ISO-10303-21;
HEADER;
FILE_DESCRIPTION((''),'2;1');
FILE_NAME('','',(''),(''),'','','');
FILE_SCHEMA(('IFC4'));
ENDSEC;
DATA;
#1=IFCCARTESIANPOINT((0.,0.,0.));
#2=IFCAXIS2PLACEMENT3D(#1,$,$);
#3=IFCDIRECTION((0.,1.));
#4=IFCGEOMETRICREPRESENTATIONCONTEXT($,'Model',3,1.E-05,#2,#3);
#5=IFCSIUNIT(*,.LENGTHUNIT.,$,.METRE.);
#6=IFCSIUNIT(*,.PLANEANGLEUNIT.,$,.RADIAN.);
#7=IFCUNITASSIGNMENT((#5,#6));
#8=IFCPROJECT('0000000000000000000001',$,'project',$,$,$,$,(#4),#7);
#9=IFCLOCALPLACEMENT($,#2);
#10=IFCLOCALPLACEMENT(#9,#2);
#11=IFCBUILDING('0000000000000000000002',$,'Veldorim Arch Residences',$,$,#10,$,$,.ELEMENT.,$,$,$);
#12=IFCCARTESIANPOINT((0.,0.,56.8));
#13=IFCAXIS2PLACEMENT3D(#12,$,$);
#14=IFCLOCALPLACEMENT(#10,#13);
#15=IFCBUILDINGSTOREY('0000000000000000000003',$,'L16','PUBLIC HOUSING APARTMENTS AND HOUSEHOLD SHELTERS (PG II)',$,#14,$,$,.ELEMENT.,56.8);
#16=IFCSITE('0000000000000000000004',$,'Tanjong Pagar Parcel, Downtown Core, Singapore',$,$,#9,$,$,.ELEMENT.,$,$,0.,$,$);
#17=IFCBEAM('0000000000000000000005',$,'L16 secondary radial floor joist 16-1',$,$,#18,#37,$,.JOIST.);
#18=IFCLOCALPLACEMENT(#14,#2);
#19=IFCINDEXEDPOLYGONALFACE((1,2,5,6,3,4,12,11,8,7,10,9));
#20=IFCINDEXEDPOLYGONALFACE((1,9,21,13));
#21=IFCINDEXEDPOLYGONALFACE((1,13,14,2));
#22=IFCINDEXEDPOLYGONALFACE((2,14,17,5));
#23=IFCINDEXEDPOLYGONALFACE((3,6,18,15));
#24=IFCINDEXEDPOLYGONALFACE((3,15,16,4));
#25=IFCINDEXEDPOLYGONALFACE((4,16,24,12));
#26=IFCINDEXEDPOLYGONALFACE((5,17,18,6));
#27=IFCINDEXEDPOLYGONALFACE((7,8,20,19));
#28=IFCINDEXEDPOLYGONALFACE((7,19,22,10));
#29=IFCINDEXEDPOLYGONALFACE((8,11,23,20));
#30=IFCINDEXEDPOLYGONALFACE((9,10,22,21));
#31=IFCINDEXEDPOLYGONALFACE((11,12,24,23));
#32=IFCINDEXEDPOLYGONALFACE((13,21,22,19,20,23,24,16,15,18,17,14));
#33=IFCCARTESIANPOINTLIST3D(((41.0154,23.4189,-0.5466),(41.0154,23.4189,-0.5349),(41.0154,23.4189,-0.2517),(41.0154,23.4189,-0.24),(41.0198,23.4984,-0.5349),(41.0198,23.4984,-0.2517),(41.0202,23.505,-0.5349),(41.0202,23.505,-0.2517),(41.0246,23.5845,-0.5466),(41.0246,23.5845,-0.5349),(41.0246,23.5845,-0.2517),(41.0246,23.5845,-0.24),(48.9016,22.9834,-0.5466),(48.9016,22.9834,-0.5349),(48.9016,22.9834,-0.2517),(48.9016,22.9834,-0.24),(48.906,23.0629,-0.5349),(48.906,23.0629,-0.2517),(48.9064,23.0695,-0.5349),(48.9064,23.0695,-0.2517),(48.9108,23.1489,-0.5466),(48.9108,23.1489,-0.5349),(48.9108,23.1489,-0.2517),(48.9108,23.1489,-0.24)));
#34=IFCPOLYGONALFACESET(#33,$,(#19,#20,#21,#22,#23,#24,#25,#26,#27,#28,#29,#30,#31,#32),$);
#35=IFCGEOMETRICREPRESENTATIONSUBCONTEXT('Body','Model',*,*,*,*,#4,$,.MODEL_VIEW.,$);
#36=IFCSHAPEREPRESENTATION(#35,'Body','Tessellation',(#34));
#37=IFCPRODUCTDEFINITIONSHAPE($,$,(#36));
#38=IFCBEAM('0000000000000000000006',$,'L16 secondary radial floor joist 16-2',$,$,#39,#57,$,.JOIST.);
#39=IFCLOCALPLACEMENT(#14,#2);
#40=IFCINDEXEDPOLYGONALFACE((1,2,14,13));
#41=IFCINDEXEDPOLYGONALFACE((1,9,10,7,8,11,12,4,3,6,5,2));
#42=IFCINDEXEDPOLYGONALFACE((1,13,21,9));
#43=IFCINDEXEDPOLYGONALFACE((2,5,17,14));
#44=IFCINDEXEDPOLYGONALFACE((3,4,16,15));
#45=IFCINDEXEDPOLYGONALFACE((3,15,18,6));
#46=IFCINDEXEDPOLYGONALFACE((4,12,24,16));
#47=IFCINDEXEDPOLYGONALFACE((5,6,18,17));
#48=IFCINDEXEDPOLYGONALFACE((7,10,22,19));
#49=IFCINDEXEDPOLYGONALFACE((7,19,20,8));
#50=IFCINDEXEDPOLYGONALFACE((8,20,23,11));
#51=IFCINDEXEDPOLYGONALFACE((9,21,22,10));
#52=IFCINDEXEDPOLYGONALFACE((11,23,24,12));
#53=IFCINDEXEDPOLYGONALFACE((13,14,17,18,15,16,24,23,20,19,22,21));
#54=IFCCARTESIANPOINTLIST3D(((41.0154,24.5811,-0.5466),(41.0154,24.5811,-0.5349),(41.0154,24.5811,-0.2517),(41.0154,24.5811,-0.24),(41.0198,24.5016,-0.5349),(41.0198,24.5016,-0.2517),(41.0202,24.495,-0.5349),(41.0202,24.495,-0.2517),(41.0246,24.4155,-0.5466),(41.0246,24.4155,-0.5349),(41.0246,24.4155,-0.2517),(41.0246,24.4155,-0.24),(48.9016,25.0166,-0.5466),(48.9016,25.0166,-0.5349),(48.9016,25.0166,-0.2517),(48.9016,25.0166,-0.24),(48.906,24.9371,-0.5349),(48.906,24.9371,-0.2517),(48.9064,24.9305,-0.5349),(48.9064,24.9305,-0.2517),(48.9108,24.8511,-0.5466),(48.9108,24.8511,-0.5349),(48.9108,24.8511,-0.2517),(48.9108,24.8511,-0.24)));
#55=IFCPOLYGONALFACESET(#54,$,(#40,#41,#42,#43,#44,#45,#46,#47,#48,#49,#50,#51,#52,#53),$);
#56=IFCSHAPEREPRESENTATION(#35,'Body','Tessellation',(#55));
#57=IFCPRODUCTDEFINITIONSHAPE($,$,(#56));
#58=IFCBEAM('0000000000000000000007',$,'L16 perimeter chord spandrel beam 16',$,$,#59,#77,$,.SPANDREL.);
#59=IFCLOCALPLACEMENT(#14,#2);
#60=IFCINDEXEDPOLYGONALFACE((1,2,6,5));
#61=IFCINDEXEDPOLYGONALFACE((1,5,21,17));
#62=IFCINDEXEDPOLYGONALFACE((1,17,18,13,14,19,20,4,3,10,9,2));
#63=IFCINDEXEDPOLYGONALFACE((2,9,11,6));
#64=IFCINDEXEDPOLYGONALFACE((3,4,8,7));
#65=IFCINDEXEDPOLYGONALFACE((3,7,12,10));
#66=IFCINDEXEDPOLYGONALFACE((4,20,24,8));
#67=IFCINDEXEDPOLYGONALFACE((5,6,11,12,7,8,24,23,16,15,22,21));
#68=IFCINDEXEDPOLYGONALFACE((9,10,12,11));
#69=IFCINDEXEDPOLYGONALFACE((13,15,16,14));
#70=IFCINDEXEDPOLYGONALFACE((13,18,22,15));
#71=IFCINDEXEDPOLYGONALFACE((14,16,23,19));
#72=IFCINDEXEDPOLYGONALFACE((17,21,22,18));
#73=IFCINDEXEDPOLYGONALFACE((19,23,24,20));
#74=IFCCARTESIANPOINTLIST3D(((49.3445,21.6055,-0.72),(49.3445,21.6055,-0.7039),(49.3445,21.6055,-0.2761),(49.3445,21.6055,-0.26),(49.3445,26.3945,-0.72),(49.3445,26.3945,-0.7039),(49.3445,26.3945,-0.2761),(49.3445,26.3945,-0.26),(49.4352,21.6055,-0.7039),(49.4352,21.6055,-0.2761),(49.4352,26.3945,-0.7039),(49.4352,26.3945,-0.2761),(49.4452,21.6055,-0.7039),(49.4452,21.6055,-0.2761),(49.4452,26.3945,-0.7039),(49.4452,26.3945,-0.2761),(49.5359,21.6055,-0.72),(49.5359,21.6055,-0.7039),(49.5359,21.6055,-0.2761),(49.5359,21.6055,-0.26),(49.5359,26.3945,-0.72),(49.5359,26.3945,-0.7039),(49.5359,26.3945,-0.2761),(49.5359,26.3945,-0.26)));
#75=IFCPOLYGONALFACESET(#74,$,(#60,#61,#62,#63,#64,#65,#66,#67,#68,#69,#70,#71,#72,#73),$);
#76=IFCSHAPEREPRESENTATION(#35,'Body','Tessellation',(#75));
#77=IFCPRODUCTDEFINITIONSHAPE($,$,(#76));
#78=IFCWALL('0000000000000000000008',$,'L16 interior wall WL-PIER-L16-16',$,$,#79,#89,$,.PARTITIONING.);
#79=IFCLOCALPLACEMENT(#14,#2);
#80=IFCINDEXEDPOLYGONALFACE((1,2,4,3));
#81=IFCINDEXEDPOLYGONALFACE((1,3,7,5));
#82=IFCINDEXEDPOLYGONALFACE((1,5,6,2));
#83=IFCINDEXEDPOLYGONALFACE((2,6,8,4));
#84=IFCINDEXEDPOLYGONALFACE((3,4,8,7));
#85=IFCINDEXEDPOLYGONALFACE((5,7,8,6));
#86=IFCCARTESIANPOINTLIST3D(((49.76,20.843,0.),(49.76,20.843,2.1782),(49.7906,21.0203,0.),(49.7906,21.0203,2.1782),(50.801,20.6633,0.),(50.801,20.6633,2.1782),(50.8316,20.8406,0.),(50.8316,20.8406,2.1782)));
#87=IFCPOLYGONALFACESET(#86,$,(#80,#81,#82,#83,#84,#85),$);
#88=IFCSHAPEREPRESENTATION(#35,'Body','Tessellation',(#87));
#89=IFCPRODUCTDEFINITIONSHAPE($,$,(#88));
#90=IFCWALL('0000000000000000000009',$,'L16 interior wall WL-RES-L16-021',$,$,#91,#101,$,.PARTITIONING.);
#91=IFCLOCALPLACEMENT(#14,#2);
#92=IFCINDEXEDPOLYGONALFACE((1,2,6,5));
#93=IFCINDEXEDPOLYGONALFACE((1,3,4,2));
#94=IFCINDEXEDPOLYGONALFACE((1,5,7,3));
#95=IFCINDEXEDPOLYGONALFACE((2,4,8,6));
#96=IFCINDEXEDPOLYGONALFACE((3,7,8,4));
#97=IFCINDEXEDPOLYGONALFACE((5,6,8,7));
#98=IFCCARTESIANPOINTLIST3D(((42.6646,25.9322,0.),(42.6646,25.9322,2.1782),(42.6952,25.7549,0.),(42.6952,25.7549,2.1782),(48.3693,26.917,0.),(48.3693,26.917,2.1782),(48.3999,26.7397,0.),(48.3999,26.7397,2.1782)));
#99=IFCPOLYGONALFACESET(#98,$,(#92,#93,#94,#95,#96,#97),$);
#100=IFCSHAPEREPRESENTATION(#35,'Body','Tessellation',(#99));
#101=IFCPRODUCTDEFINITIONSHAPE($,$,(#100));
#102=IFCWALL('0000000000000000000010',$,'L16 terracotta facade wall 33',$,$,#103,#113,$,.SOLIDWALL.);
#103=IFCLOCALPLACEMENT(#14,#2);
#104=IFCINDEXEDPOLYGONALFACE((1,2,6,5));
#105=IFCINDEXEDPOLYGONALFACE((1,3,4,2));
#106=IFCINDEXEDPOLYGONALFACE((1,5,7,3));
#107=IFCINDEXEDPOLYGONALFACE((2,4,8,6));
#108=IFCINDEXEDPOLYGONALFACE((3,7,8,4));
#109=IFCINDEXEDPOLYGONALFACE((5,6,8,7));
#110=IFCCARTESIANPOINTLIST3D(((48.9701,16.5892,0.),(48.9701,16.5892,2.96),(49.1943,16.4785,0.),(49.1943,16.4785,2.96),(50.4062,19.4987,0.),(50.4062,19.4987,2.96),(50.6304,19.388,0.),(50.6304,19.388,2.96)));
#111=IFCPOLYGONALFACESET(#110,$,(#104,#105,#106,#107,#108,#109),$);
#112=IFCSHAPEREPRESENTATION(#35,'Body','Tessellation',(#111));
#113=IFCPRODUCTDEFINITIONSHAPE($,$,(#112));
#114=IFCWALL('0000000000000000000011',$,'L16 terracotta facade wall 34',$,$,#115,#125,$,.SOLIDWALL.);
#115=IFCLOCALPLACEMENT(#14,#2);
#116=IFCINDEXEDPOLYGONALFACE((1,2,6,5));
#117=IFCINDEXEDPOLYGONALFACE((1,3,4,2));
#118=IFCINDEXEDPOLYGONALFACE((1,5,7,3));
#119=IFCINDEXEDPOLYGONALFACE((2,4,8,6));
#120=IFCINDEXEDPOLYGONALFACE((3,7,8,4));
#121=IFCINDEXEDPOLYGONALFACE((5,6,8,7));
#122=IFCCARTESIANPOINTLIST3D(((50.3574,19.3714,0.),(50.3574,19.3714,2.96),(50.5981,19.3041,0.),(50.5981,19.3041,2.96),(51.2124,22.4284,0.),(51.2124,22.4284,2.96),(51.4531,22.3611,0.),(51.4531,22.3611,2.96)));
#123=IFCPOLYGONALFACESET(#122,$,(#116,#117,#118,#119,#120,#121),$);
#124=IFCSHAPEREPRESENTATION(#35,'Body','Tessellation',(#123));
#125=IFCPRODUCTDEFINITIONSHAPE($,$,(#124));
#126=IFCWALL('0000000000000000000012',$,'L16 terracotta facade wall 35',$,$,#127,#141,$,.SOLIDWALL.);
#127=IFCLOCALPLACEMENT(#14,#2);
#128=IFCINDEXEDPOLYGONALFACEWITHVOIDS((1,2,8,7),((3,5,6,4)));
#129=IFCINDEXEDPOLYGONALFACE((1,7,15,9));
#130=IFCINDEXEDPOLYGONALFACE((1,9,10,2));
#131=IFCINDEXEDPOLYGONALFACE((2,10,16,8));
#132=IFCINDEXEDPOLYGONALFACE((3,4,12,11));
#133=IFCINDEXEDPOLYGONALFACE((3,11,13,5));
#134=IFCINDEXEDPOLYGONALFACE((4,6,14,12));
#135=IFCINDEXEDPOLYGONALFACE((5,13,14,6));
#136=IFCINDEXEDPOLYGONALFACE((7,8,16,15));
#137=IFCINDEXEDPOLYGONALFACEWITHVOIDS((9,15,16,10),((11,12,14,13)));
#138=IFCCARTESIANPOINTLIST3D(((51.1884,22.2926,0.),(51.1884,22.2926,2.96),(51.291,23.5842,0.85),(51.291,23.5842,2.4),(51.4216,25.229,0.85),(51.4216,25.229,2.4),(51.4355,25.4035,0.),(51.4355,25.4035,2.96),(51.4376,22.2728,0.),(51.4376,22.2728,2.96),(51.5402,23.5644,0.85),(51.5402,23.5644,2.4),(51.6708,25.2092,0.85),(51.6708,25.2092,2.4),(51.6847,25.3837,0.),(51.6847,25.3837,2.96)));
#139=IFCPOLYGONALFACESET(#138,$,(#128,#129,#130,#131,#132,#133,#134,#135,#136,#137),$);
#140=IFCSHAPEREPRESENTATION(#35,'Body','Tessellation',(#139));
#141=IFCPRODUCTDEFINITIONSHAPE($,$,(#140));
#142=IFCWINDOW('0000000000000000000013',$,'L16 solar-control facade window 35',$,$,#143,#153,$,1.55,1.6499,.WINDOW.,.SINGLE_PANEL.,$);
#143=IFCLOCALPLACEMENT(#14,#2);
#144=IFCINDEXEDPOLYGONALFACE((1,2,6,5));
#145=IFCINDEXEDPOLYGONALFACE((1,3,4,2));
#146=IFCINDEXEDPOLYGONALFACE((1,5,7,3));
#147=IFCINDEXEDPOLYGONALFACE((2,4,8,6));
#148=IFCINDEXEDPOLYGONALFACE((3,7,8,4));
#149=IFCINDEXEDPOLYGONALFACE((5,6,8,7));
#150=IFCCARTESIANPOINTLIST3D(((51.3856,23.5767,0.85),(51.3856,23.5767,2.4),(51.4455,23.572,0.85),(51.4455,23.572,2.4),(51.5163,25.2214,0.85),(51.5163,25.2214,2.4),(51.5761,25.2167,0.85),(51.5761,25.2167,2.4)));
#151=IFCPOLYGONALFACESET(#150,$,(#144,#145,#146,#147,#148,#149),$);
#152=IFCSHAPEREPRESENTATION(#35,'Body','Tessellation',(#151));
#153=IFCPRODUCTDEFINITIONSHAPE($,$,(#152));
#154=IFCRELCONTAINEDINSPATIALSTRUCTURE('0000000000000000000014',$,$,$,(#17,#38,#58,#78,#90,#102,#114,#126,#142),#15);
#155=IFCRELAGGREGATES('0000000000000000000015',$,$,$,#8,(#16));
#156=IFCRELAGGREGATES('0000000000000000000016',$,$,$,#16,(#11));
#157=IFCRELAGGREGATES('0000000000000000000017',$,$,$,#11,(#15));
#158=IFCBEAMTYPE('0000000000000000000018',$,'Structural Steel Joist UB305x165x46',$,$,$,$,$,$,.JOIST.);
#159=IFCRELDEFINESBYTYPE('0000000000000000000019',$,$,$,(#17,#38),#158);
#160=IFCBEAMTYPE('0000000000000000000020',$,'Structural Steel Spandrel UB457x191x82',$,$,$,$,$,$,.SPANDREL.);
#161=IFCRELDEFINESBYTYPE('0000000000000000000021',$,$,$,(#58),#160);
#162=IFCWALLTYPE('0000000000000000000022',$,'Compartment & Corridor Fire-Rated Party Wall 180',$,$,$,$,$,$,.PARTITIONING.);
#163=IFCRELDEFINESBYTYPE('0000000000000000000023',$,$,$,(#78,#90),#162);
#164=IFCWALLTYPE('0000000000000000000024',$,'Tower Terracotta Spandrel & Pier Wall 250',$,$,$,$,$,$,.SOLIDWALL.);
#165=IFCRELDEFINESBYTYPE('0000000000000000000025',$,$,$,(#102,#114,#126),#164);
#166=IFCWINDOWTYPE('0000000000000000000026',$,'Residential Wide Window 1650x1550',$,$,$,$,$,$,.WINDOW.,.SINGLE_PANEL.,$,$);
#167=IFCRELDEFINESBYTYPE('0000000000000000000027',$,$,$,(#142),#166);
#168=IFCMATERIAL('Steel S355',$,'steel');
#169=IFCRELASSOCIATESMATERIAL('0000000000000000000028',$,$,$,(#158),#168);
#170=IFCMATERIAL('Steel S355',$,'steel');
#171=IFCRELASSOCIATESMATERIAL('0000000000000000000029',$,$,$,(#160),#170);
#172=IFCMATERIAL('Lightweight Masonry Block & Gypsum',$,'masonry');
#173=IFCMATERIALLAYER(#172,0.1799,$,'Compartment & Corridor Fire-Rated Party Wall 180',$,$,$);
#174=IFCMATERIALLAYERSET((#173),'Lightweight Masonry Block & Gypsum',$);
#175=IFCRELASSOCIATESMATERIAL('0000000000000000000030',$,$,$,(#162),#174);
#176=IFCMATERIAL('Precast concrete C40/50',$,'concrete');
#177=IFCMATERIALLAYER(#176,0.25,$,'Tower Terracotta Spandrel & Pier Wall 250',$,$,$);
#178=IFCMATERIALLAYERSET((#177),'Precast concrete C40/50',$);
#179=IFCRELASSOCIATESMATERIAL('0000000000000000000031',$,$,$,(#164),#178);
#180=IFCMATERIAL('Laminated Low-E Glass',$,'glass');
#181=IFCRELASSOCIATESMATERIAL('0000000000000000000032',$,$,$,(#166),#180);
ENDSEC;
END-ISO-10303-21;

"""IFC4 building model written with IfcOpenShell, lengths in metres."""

from ifc_helpers import new_model, si_unit, direction, frame, frame_2d, origin, origin_2d, place, context, subcontext, project, spatial, rectangle, i_section, extrude, material, layer, layer_set, material_profile, profile_set, type_object, element, fill, save


model = new_model("IFC4")

# Units and contexts
model_context = context("Model", 3, precision=1e-05, world=origin(), true_north=direction((0.0, 1.0)))
body_context = subcontext(model_context, "Body", "Model", "MODEL_VIEW")
ifc_project = project(units=[si_unit("LENGTHUNIT", "METRE"), si_unit("PLANEANGLEUNIT", "RADIAN")], contexts=[model_context])

# Site, building, storey
site_placement = place(None, origin())
site = spatial("IfcSite", under=ifc_project, at=site_placement, Name="Tanjong Pagar Parcel, Downtown Core, Singapore", CompositionType="ELEMENT", RefElevation=0.0)
building_placement = place(site_placement, origin())
building = spatial("IfcBuilding", under=site, at=building_placement, Name="Veldorim Arch Residences", CompositionType="ELEMENT")
storey_placement = place(building_placement, frame((0.0, 0.0, 56.8)))
storey = spatial("IfcBuildingStorey", under=building, at=storey_placement, Name="L16", Description="PUBLIC HOUSING APARTMENTS AND HOUSEHOLD SHELTERS (PG II)", CompositionType="ELEMENT", Elevation=56.8)

# Beams
ifc_material_1 = material(Name="Steel S355", Category="steel")
ifc_material_profile_1 = material_profile(ifc_material_1, i_section(OverallWidth=0.1658, OverallDepth=0.3066, WebThickness=0.0066, FlangeThickness=0.0117, at=origin_2d()), Name="UB305x165x46")
ifc_profile_set_1 = profile_set([ifc_material_profile_1], Name="Steel S355")
beam_type_1 = type_object("IfcBeamType", Name="Structural Steel Joist UB305x165x46", PredefinedType="JOIST", material=ifc_profile_set_1)
for number, where, z_axis, x_axis, name in (
    (1, (41.02, 23.5017, -0.3933), (0.998478, -0.055145, 0.0), (0.055145, 0.998478, 0.0), "L16 secondary radial floor joist 16-1"),
    (2, (41.02, 24.4983, -0.3933), (0.998478, 0.055145, 0.0), (-0.055145, 0.998478, 0.0), "L16 secondary radial floor joist 16-2"),
):
    element("IfcBeam", number, at=place(storey_placement, frame(where, z_axis=z_axis, x_axis=x_axis)), inside=storey, type_object=beam_type_1, Name=name, PredefinedType="JOIST", context=body_context, shape_type="SweptSolid", body=[
        extrude(i_section(OverallWidth=0.1658, OverallDepth=0.3066, WebThickness=0.0066, FlangeThickness=0.0117, at=origin_2d()), origin(), (0.0, 0.0, 1.0), 7.8982),
    ])
ifc_material_2 = material(Name="Steel S355", Category="steel")
ifc_material_profile_2 = material_profile(ifc_material_2, i_section(OverallWidth=0.1914, OverallDepth=0.46, WebThickness=0.01, FlangeThickness=0.0161, at=origin_2d()), Name="UB457x191x82")
ifc_profile_set_2 = profile_set([ifc_material_profile_2], Name="Steel S355")
beam_type_2 = type_object("IfcBeamType", Name="Structural Steel Spandrel UB457x191x82", PredefinedType="SPANDREL", material=ifc_profile_set_2)
beam_1_placement = place(storey_placement, frame((49.4402, 21.6055, -0.49), z_axis=(0.0, 1.0, 0.0), x_axis=(-1.0, 0.0, 0.0)))
element("IfcBeam", 3, at=beam_1_placement, inside=storey, type_object=beam_type_2, Name="L16 perimeter chord spandrel beam 16", PredefinedType="SPANDREL", context=body_context, shape_type="SweptSolid", body=[
    extrude(i_section(OverallWidth=0.1914, OverallDepth=0.46, WebThickness=0.01, FlangeThickness=0.0161, at=origin_2d()), origin(), (0.0, 0.0, 1.0), 4.7891),
])

# Walls
ifc_material_3 = material(Name="Lightweight Masonry Block & Gypsum", Category="masonry")
ifc_layer_1 = layer(ifc_material_3, 0.1799, Name="Compartment & Corridor Fire-Rated Party Wall 180")
ifc_layer_set_1 = layer_set([ifc_layer_1], Name="Lightweight Masonry Block & Gypsum")
wall_type_1 = type_object("IfcWallType", Name="Compartment & Corridor Fire-Rated Party Wall 180", PredefinedType="PARTITIONING", material=ifc_layer_set_1)
wall_1_placement = place(storey_placement, frame((49.7751, 20.9316, 0.0), z_axis=(0.0, 0.0, 1.0), x_axis=(0.985428, -0.170093, 0.0)))
element("IfcWall", 4, at=wall_1_placement, inside=storey, type_object=wall_type_1, Name="L16 interior wall WL-PIER-L16-16", PredefinedType="PARTITIONING", context=body_context, shape_type="SweptSolid", body=[
    extrude(rectangle(XDim=1.0564, YDim=0.1799, at=frame_2d((0.5283, 0.0))), origin(), (0.0, 0.0, 1.0), 2.1782),
])
wall_2_placement = place(storey_placement, frame((42.6799, 25.8435, 0.0), z_axis=(0.0, 0.0, 1.0), x_axis=(0.985422, 0.170127, 0.0)))
element("IfcWall", 5, at=wall_2_placement, inside=storey, type_object=wall_type_1, Name="L16 interior wall WL-RES-L16-021", PredefinedType="PARTITIONING", context=body_context, shape_type="SweptSolid", body=[
    extrude(rectangle(XDim=5.7891, YDim=0.1799, at=frame_2d((2.8945, 0.0))), origin(), (0.0, 0.0, 1.0), 2.1782),
])

# Walls
ifc_material_4 = material(Name="Precast concrete C40/50", Category="concrete")
ifc_layer_2 = layer(ifc_material_4, 0.25, Name="Tower Terracotta Spandrel & Pier Wall 250")
ifc_layer_set_2 = layer_set([ifc_layer_2], Name="Precast concrete C40/50")
wall_type_2 = type_object("IfcWallType", Name="Tower Terracotta Spandrel & Pier Wall 250", PredefinedType="SOLIDWALL", material=ifc_layer_set_2)
wall_3_placement = place(storey_placement, frame((50.5183, 19.4434, 0.0), z_axis=(0.0, 0.0, 1.0), x_axis=(-0.442603, -0.896718, 0.0)))
element("IfcWall", 6, at=wall_3_placement, inside=storey, type_object=wall_type_2, Name="L16 terracotta facade wall 33", PredefinedType="SOLIDWALL", context=body_context, shape_type="SweptSolid", body=[
    extrude(rectangle(XDim=3.2446, YDim=0.25, at=frame_2d((1.6223, 0.0))), origin(), (0.0, 0.0, 1.0), 2.96),
])
wall_4_placement = place(storey_placement, frame((51.3328, 22.3948, 0.0), z_axis=(0.0, 0.0, 1.0), x_axis=(-0.269353, -0.963041, 0.0)))
element("IfcWall", 7, at=wall_4_placement, inside=storey, type_object=wall_type_2, Name="L16 terracotta facade wall 34", PredefinedType="SOLIDWALL", context=body_context, shape_type="SweptSolid", body=[
    extrude(rectangle(XDim=3.1743, YDim=0.25, at=frame_2d((1.5872, 0.0))), origin(), (0.0, 0.0, 1.0), 2.96),
])

# Wall, opening, window
wall_5_placement = place(storey_placement, frame((51.5601, 25.3936, 0.0), z_axis=(0.0, 0.0, 1.0), x_axis=(-0.079173, -0.996861, 0.0)))
wall_5 = element("IfcWall", 8, at=wall_5_placement, inside=storey, type_object=wall_type_2, Name="L16 terracotta facade wall 35", PredefinedType="SOLIDWALL", context=body_context, shape_type="SweptSolid", body=[
    extrude(rectangle(XDim=3.1206, YDim=0.25, at=frame_2d((1.5603, 0.0))), origin(), (0.0, 0.0, 1.0), 2.96),
])
opening_1_placement = place(wall_5_placement, frame((0.175, 0.0, 0.8501)))
opening_1 = element("IfcOpeningElement", 9, at=opening_1_placement, cuts=wall_5, PredefinedType="OPENING", context=body_context, shape_type="SweptSolid", body=[
    extrude(rectangle(XDim=1.6499, YDim=1.55, at=frame_2d((0.825, 0.7749))), frame((0.0, 0.135, 0.0), z_axis=(0.0, -1.0, 0.0), x_axis=(1.0, 0.0, 0.0)), (0.0, 0.0, 1.0), 0.27),
])
ifc_material_5 = material(Name="Laminated Low-E Glass", Category="glass")
window_type = type_object("IfcWindowType", Name="Residential Wide Window 1650x1550", PartitioningType="SINGLE_PANEL", PredefinedType="WINDOW", material=ifc_material_5)
window_placement = place(opening_1_placement, origin())
window = element("IfcWindow", 10, at=window_placement, inside=storey, type_object=window_type, Name="L16 solar-control facade window 35", OverallHeight=1.55, OverallWidth=1.6499, PartitioningType="SINGLE_PANEL", PredefinedType="WINDOW", context=body_context, shape_type="SweptSolid", body=[
    extrude(rectangle(XDim=1.6499, YDim=1.55, at=frame_2d((0.825, 0.7749))), frame((0.0, 0.03, 0.0), z_axis=(0.0, -1.0, 0.0), x_axis=(1.0, 0.0, 0.0)), (0.0, 0.0, 1.0), 0.0601),
])
fill(opening_1, window)

save(model, "model.ifc")
